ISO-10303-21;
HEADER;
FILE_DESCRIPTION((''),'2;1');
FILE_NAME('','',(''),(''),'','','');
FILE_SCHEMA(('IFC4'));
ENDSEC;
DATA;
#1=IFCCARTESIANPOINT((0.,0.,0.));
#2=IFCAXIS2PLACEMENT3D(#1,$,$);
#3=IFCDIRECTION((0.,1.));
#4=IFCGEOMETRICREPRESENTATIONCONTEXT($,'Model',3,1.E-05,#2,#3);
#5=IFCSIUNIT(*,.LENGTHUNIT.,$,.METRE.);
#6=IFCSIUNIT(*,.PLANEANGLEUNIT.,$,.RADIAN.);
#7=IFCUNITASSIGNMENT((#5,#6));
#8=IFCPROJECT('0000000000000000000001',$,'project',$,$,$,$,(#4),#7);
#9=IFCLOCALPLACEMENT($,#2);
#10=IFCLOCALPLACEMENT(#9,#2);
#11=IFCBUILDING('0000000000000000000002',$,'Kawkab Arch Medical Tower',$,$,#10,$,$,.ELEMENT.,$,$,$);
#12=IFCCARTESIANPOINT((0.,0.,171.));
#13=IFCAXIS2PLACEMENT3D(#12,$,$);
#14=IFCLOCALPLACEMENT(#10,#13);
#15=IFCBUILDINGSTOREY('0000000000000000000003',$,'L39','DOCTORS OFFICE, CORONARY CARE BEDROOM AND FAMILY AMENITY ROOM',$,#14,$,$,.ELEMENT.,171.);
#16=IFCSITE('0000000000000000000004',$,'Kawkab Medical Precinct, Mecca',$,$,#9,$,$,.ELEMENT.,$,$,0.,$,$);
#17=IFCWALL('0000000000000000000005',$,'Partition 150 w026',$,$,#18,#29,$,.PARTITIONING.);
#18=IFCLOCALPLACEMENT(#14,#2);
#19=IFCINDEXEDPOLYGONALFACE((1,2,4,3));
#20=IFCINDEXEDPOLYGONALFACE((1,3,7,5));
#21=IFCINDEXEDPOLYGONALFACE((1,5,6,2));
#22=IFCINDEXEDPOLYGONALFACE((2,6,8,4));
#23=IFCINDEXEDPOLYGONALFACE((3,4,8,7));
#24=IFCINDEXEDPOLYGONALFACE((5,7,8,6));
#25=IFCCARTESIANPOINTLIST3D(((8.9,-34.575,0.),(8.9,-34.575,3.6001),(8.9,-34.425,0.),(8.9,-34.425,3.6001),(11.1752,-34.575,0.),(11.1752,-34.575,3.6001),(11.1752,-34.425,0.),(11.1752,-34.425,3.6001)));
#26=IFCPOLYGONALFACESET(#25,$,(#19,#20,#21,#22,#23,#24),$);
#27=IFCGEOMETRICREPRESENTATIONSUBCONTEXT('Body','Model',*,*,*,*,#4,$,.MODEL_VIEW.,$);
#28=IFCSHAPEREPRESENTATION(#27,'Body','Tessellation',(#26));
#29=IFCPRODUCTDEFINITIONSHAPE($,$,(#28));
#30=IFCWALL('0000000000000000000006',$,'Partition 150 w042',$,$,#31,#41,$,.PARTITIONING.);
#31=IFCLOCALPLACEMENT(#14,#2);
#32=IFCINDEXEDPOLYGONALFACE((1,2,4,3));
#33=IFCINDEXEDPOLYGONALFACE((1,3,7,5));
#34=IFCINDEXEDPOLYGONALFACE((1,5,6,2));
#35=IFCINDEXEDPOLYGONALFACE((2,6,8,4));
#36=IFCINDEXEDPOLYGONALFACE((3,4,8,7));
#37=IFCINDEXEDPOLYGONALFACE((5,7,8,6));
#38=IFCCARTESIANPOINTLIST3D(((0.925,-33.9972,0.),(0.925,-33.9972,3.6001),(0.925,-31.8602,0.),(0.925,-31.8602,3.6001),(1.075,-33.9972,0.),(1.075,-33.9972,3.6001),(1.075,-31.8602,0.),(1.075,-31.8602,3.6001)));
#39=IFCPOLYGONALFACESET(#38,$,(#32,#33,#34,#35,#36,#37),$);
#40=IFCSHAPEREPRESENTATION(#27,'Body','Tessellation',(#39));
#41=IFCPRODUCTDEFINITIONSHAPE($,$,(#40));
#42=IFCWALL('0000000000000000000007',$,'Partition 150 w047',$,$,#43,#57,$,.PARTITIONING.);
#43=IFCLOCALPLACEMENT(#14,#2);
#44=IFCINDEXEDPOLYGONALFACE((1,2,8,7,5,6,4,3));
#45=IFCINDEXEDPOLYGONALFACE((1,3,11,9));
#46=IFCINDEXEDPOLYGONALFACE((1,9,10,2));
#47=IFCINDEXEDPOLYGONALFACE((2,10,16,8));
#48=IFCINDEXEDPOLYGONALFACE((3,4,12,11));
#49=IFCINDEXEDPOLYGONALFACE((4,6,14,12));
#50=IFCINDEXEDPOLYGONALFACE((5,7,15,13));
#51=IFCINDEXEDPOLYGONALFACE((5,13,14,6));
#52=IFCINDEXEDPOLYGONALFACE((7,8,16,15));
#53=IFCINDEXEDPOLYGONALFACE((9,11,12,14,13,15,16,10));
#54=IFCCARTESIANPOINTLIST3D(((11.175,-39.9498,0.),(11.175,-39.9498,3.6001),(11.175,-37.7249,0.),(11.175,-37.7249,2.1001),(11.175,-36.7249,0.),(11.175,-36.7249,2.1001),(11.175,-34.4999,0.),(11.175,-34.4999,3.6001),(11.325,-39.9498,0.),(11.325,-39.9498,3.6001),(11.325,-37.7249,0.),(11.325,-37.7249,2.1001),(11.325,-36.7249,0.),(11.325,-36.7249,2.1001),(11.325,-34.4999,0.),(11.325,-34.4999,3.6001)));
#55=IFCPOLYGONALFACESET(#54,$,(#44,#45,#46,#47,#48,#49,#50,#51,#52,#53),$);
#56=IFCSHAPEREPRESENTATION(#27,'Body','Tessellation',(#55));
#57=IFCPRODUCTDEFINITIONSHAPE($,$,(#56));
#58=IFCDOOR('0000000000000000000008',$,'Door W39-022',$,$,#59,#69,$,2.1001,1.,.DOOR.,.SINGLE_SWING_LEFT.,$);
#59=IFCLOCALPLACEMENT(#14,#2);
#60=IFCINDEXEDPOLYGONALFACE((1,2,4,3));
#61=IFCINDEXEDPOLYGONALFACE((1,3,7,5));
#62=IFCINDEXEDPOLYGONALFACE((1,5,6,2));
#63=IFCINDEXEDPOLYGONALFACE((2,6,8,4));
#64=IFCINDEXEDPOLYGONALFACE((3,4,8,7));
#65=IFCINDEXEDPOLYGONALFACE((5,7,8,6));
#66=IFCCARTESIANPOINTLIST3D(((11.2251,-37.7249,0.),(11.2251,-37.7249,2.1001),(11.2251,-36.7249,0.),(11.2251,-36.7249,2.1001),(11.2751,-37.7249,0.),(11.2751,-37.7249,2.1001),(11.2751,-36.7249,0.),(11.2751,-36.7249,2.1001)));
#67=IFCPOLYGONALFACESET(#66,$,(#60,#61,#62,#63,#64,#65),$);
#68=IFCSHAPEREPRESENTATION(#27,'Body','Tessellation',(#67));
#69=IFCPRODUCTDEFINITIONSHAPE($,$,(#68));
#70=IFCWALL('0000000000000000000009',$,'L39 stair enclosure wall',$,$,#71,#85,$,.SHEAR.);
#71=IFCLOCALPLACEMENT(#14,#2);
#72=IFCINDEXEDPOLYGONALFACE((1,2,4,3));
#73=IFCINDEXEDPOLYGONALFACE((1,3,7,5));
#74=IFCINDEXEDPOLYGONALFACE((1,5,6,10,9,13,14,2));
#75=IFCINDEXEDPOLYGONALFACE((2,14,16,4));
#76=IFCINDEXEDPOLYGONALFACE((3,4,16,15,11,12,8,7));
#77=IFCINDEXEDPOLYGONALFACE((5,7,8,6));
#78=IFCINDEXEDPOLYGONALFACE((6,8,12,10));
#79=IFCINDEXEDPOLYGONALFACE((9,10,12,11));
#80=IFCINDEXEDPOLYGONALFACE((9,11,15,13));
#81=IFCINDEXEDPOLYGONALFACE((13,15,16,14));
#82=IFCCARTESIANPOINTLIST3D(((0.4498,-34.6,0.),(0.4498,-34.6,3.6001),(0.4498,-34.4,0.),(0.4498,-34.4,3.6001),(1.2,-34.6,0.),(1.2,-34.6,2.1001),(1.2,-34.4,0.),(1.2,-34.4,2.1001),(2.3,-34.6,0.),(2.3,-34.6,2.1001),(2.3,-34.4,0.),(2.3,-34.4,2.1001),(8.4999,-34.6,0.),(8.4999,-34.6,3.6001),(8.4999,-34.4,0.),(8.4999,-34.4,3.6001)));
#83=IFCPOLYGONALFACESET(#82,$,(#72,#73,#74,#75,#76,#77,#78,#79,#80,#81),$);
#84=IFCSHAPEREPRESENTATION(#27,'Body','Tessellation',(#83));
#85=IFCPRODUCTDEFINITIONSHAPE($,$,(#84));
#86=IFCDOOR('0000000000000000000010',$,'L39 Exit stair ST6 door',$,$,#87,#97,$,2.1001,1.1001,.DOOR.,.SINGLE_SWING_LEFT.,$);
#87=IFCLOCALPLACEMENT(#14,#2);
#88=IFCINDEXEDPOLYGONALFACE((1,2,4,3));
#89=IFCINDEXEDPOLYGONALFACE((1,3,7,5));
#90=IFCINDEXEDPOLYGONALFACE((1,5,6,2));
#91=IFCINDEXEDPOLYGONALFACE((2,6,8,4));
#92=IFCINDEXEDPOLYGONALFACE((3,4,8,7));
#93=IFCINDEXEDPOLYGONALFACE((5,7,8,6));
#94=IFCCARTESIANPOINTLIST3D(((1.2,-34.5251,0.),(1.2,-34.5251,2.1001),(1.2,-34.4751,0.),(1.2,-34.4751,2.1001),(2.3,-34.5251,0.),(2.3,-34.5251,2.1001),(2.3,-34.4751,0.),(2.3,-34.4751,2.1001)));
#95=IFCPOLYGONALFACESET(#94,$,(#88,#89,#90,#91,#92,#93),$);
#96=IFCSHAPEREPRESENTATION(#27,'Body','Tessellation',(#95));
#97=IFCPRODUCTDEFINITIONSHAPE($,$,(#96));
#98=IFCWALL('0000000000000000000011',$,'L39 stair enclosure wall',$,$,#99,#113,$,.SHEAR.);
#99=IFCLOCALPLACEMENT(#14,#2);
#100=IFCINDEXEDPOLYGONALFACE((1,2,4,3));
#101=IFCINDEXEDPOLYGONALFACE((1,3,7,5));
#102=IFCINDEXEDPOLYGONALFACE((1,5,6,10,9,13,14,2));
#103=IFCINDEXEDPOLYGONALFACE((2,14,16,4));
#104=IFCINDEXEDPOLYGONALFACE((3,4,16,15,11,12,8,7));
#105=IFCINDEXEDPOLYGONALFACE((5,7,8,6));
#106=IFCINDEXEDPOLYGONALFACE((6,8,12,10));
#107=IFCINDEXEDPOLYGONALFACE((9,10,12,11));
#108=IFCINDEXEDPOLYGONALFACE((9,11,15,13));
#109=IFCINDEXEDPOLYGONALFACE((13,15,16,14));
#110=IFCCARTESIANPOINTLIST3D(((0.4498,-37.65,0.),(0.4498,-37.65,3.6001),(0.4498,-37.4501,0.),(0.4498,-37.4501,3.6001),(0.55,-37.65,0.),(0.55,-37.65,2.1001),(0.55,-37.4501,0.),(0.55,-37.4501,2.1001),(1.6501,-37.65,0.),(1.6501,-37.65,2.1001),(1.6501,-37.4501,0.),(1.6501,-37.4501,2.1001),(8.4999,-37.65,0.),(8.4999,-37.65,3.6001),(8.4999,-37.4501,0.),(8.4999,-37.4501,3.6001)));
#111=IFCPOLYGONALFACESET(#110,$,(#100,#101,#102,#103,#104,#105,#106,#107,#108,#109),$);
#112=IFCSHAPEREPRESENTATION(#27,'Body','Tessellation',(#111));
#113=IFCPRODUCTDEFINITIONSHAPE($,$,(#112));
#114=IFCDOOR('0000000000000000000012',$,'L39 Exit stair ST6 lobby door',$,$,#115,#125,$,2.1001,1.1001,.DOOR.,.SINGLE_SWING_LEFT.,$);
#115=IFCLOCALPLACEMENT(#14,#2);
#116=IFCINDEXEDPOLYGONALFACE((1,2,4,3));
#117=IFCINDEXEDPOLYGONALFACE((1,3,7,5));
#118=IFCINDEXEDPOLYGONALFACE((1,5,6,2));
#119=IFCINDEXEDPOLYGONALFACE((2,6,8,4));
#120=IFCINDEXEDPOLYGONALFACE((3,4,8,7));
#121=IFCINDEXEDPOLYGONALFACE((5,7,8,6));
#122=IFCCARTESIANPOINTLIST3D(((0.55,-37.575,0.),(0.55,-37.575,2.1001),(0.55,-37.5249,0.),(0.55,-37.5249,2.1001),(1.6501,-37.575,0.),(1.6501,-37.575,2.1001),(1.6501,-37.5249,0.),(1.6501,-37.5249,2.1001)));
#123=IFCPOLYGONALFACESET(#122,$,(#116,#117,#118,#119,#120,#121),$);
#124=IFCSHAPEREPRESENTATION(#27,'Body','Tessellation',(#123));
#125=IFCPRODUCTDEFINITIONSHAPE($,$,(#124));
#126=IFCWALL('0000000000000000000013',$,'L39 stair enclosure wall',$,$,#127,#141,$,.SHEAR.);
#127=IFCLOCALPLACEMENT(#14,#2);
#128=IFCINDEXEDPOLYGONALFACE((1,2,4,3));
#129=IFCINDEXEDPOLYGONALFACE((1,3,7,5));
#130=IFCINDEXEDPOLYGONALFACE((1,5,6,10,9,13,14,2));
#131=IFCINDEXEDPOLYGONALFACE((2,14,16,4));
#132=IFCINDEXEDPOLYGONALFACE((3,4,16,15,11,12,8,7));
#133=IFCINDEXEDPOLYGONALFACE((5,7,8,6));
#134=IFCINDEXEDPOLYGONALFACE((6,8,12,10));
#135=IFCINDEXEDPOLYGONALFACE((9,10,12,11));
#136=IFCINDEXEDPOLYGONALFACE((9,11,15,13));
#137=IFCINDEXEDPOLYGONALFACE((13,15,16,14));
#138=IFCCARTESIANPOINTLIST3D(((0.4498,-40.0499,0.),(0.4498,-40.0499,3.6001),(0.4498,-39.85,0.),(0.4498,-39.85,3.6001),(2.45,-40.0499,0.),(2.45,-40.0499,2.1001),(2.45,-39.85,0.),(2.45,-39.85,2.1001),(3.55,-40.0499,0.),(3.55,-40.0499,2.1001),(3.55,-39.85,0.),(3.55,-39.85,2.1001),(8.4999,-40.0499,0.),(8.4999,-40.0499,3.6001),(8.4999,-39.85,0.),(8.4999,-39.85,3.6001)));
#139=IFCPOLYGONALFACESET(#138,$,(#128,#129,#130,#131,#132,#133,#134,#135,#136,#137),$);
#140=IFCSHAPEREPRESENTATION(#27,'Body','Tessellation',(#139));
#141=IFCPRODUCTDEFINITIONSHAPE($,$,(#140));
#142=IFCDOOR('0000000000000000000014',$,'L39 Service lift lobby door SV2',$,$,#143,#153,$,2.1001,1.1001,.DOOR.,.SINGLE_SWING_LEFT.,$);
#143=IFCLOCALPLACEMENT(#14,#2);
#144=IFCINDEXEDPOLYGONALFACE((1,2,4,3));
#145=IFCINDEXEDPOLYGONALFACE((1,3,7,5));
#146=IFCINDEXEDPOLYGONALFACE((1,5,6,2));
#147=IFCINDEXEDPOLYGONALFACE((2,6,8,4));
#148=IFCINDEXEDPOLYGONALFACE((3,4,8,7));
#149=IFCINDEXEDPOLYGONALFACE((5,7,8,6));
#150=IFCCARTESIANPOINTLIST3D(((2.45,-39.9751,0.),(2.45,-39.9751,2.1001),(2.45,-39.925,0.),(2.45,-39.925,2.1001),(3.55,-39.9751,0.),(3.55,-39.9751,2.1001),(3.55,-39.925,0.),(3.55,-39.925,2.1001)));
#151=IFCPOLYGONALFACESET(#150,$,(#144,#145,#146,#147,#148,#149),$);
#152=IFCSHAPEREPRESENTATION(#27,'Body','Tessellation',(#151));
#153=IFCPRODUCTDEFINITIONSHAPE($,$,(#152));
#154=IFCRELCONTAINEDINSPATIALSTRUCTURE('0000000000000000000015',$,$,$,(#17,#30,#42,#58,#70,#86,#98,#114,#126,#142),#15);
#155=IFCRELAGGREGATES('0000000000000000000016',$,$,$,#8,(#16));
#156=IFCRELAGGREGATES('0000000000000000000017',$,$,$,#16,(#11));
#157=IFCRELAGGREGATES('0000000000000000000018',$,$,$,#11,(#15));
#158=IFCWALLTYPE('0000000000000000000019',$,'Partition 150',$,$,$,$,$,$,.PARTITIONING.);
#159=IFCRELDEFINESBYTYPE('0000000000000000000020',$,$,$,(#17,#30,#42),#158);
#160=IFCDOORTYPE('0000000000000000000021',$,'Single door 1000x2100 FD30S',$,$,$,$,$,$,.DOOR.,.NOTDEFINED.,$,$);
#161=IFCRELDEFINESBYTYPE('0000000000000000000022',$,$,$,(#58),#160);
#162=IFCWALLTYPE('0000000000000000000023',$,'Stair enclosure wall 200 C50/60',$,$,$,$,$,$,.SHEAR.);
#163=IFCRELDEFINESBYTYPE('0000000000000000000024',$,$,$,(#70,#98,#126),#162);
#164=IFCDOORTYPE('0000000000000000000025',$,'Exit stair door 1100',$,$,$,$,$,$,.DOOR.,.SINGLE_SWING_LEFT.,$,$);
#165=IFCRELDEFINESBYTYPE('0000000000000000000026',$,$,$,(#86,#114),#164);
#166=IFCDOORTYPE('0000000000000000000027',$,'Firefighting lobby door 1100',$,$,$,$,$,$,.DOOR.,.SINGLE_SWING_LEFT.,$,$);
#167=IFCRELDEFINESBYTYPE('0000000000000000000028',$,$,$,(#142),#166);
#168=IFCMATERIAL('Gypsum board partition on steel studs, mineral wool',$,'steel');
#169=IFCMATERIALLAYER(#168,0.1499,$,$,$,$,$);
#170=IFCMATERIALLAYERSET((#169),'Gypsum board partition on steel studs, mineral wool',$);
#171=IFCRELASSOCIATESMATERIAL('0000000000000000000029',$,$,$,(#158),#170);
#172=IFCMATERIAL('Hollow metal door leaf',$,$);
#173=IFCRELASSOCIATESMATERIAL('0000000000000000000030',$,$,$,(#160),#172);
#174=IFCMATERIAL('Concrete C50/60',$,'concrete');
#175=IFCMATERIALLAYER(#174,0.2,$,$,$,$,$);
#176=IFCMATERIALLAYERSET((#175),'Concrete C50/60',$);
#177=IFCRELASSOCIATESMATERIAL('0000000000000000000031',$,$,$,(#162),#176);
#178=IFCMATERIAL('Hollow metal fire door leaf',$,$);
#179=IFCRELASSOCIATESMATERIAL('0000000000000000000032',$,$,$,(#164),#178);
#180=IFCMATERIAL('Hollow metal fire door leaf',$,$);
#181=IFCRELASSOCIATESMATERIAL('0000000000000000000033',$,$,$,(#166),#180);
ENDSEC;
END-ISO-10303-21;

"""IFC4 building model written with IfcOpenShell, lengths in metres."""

from ifc_helpers import new_model, si_unit, direction, frame, frame_2d, origin, place, context, subcontext, project, spatial, rectangle, extrude, material, layer, layer_set, type_object, element, fill, save


model = new_model("IFC4")

# Units and contexts
model_context = context("Model", 3, precision=1e-05, world=origin(), true_north=direction((0.0, 1.0)))
body_context = subcontext(model_context, "Body", "Model", "MODEL_VIEW")
ifc_project = project(units=[si_unit("LENGTHUNIT", "METRE"), si_unit("PLANEANGLEUNIT", "RADIAN")], contexts=[model_context])

# Site, building, storey
site_placement = place(None, origin())
site = spatial("IfcSite", under=ifc_project, at=site_placement, Name="Kawkab Medical Precinct, Mecca", CompositionType="ELEMENT", RefElevation=0.0)
building_placement = place(site_placement, origin())
building = spatial("IfcBuilding", under=site, at=building_placement, Name="Kawkab Arch Medical Tower", CompositionType="ELEMENT")
storey_placement = place(building_placement, frame((0.0, 0.0, 171.0)))
storey = spatial("IfcBuildingStorey", under=building, at=storey_placement, Name="L39", Description="DOCTORS OFFICE, CORONARY CARE BEDROOM AND FAMILY AMENITY ROOM", CompositionType="ELEMENT", Elevation=171.0)

# Walls
ifc_material_1 = material(Name="Gypsum board partition on steel studs, mineral wool", Category="steel")
ifc_layer_1 = layer(ifc_material_1, 0.1499)
ifc_layer_set_1 = layer_set([ifc_layer_1], Name="Gypsum board partition on steel studs, mineral wool")
wall_type_1 = type_object("IfcWallType", Name="Partition 150", PredefinedType="PARTITIONING", material=ifc_layer_set_1)
wall_1_placement = place(storey_placement, frame((8.8999, -34.5, 0.0), z_axis=(0.0, 0.0, 1.0), x_axis=(1.0, 0.0, 0.0)))
element("IfcWall", 1, at=wall_1_placement, inside=storey, type_object=wall_type_1, Name="Partition 150 w026", PredefinedType="PARTITIONING", context=body_context, shape_type="SweptSolid", body=[
    extrude(rectangle(XDim=2.2751, YDim=0.1499, at=frame_2d((1.1377, 0.0))), origin(), (0.0, 0.0, 1.0), 3.6001),
])
wall_2_placement = place(storey_placement, frame((1.0, -33.9971, 0.0), z_axis=(0.0, 0.0, 1.0), x_axis=(0.0, 1.0, 0.0)))
element("IfcWall", 2, at=wall_2_placement, inside=storey, type_object=wall_type_1, Name="Partition 150 w042", PredefinedType="PARTITIONING", context=body_context, shape_type="SweptSolid", body=[
    extrude(rectangle(XDim=2.137, YDim=0.1499, at=frame_2d((1.0684, 0.0))), origin(), (0.0, 0.0, 1.0), 3.6001),
])

# Walls, openings, doors
wall_3_placement = place(storey_placement, frame((11.25, -39.95, 0.0), z_axis=(0.0, 0.0, 1.0), x_axis=(0.0, 1.0, 0.0)))
wall_3 = element("IfcWall", 3, at=wall_3_placement, inside=storey, type_object=wall_type_1, Name="Partition 150 w047", PredefinedType="PARTITIONING", context=body_context, shape_type="SweptSolid", body=[
    extrude(rectangle(XDim=5.45, YDim=0.1499, at=frame_2d((2.7251, 0.0))), origin(), (0.0, 0.0, 1.0), 3.6001),
])
opening_1_placement = place(wall_3_placement, frame((2.2251, 0.0, 0.0)))
opening_1 = element("IfcOpeningElement", 4, at=opening_1_placement, cuts=wall_3, PredefinedType="OPENING", context=body_context, shape_type="SweptSolid", body=[
    extrude(rectangle(XDim=1.0, YDim=2.1001, at=frame_2d((0.5, 1.05))), frame((0.0, 0.085, 0.0), z_axis=(0.0, -1.0, 0.0), x_axis=(1.0, 0.0, 0.0)), (0.0, 0.0, 1.0), 0.1699),
])
ifc_material_2 = material(Name="Hollow metal door leaf")
door_type_1 = type_object("IfcDoorType", Name="Single door 1000x2100 FD30S", OperationType="NOTDEFINED", PredefinedType="DOOR", material=ifc_material_2)
door_1_placement = place(opening_1_placement, origin())
door_1 = element("IfcDoor", 5, at=door_1_placement, inside=storey, type_object=door_type_1, Name="Door W39-022", OperationType="SINGLE_SWING_LEFT", OverallHeight=2.1001, OverallWidth=1.0, PredefinedType="DOOR", context=body_context, shape_type="SweptSolid", body=[
    extrude(rectangle(XDim=1.0, YDim=2.1001, at=frame_2d((0.5, 1.05))), frame((0.0, 0.0249, 0.0), z_axis=(0.0, -1.0, 0.0), x_axis=(1.0, 0.0, 0.0)), (0.0, 0.0, 1.0), 0.05),
])
fill(opening_1, door_1)
ifc_material_3 = material(Name="Concrete C50/60", Category="concrete")
ifc_layer_2 = layer(ifc_material_3, 0.2)
ifc_layer_set_2 = layer_set([ifc_layer_2], Name="Concrete C50/60")
wall_type_2 = type_object("IfcWallType", Name="Stair enclosure wall 200 C50/60", PredefinedType="SHEAR", material=ifc_layer_set_2)
wall_4_placement = place(storey_placement, frame((0.45, -34.5, 0.0), z_axis=(0.0, 0.0, 1.0), x_axis=(1.0, 0.0, 0.0)))
wall_4 = element("IfcWall", 6, at=wall_4_placement, inside=storey, type_object=wall_type_2, Name="L39 stair enclosure wall", PredefinedType="SHEAR", context=body_context, shape_type="SweptSolid", body=[
    extrude(rectangle(XDim=8.05, YDim=0.2, at=frame_2d((4.0249, 0.0))), origin(), (0.0, 0.0, 1.0), 3.6001),
])
opening_2_placement = place(wall_4_placement, frame((0.75, 0.0, 0.0)))
opening_2 = element("IfcOpeningElement", 7, at=opening_2_placement, cuts=wall_4, PredefinedType="OPENING", context=body_context, shape_type="SweptSolid", body=[
    extrude(rectangle(XDim=1.1001, YDim=2.1001, at=frame_2d((0.55, 1.05))), frame((0.0, 0.1099, 0.0), z_axis=(0.0, -1.0, 0.0), x_axis=(1.0, 0.0, 0.0)), (0.0, 0.0, 1.0), 0.22),
])
ifc_material_4 = material(Name="Hollow metal fire door leaf")
door_type_2 = type_object("IfcDoorType", Name="Exit stair door 1100", OperationType="SINGLE_SWING_LEFT", PredefinedType="DOOR", material=ifc_material_4)
door_2_placement = place(opening_2_placement, origin())
door_2 = element("IfcDoor", 8, at=door_2_placement, inside=storey, type_object=door_type_2, Name="L39 Exit stair ST6 door", OperationType="SINGLE_SWING_LEFT", OverallHeight=2.1001, OverallWidth=1.1001, PredefinedType="DOOR", context=body_context, shape_type="SweptSolid", body=[
    extrude(rectangle(XDim=1.1001, YDim=2.1001, at=frame_2d((0.55, 1.05))), frame((0.0, 0.0249, 0.0), z_axis=(0.0, -1.0, 0.0), x_axis=(1.0, 0.0, 0.0)), (0.0, 0.0, 1.0), 0.05),
])
fill(opening_2, door_2)
wall_5_placement = place(storey_placement, frame((0.45, -37.55, 0.0), z_axis=(0.0, 0.0, 1.0), x_axis=(1.0, 0.0, 0.0)))
wall_5 = element("IfcWall", 9, at=wall_5_placement, inside=storey, type_object=wall_type_2, Name="L39 stair enclosure wall", PredefinedType="SHEAR", context=body_context, shape_type="SweptSolid", body=[
    extrude(rectangle(XDim=8.05, YDim=0.2, at=frame_2d((4.0249, 0.0))), origin(), (0.0, 0.0, 1.0), 3.6001),
])
opening_3_placement = place(wall_5_placement, frame((0.1001, 0.0, 0.0)))
opening_3 = element("IfcOpeningElement", 10, at=opening_3_placement, cuts=wall_5, PredefinedType="OPENING", context=body_context, shape_type="SweptSolid", body=[
    extrude(rectangle(XDim=1.1001, YDim=2.1001, at=frame_2d((0.55, 1.05))), frame((0.0, 0.1099, 0.0), z_axis=(0.0, -1.0, 0.0), x_axis=(1.0, 0.0, 0.0)), (0.0, 0.0, 1.0), 0.22),
])
door_3_placement = place(opening_3_placement, frame((1.1001, 0.0, 0.0), z_axis=(0.0, 0.0, 1.0), x_axis=(-1.0, 0.0, 0.0)))
door_3 = element("IfcDoor", 11, at=door_3_placement, inside=storey, type_object=door_type_2, Name="L39 Exit stair ST6 lobby door", OperationType="SINGLE_SWING_LEFT", OverallHeight=2.1001, OverallWidth=1.1001, PredefinedType="DOOR", context=body_context, shape_type="SweptSolid", body=[
    extrude(rectangle(XDim=1.1001, YDim=2.1001, at=frame_2d((0.55, 1.05))), frame((0.0, 0.0249, 0.0), z_axis=(0.0, -1.0, 0.0), x_axis=(1.0, 0.0, 0.0)), (0.0, 0.0, 1.0), 0.05),
])
fill(opening_3, door_3)
wall_6_placement = place(storey_placement, frame((0.45, -39.95, 0.0), z_axis=(0.0, 0.0, 1.0), x_axis=(1.0, 0.0, 0.0)))
wall_6 = element("IfcWall", 12, at=wall_6_placement, inside=storey, type_object=wall_type_2, Name="L39 stair enclosure wall", PredefinedType="SHEAR", context=body_context, shape_type="SweptSolid", body=[
    extrude(rectangle(XDim=8.05, YDim=0.2, at=frame_2d((4.0249, 0.0))), origin(), (0.0, 0.0, 1.0), 3.6001),
])
opening_4_placement = place(wall_6_placement, frame((2.0, 0.0, 0.0)))
opening_4 = element("IfcOpeningElement", 13, at=opening_4_placement, cuts=wall_6, PredefinedType="OPENING", context=body_context, shape_type="SweptSolid", body=[
    extrude(rectangle(XDim=1.1001, YDim=2.1001, at=frame_2d((0.55, 1.05))), frame((0.0, 0.1099, 0.0), z_axis=(0.0, -1.0, 0.0), x_axis=(1.0, 0.0, 0.0)), (0.0, 0.0, 1.0), 0.22),
])
ifc_material_5 = material(Name="Hollow metal fire door leaf")
door_type_3 = type_object("IfcDoorType", Name="Firefighting lobby door 1100", OperationType="SINGLE_SWING_LEFT", PredefinedType="DOOR", material=ifc_material_5)
door_4_placement = place(opening_4_placement, origin())
door_4 = element("IfcDoor", 14, at=door_4_placement, inside=storey, type_object=door_type_3, Name="L39 Service lift lobby door SV2", OperationType="SINGLE_SWING_LEFT", OverallHeight=2.1001, OverallWidth=1.1001, PredefinedType="DOOR", context=body_context, shape_type="SweptSolid", body=[
    extrude(rectangle(XDim=1.1001, YDim=2.1001, at=frame_2d((0.55, 1.05))), frame((0.0, 0.0249, 0.0), z_axis=(0.0, -1.0, 0.0), x_axis=(1.0, 0.0, 0.0)), (0.0, 0.0, 1.0), 0.05),
])
fill(opening_4, door_4)

save(model, "model.ifc")
